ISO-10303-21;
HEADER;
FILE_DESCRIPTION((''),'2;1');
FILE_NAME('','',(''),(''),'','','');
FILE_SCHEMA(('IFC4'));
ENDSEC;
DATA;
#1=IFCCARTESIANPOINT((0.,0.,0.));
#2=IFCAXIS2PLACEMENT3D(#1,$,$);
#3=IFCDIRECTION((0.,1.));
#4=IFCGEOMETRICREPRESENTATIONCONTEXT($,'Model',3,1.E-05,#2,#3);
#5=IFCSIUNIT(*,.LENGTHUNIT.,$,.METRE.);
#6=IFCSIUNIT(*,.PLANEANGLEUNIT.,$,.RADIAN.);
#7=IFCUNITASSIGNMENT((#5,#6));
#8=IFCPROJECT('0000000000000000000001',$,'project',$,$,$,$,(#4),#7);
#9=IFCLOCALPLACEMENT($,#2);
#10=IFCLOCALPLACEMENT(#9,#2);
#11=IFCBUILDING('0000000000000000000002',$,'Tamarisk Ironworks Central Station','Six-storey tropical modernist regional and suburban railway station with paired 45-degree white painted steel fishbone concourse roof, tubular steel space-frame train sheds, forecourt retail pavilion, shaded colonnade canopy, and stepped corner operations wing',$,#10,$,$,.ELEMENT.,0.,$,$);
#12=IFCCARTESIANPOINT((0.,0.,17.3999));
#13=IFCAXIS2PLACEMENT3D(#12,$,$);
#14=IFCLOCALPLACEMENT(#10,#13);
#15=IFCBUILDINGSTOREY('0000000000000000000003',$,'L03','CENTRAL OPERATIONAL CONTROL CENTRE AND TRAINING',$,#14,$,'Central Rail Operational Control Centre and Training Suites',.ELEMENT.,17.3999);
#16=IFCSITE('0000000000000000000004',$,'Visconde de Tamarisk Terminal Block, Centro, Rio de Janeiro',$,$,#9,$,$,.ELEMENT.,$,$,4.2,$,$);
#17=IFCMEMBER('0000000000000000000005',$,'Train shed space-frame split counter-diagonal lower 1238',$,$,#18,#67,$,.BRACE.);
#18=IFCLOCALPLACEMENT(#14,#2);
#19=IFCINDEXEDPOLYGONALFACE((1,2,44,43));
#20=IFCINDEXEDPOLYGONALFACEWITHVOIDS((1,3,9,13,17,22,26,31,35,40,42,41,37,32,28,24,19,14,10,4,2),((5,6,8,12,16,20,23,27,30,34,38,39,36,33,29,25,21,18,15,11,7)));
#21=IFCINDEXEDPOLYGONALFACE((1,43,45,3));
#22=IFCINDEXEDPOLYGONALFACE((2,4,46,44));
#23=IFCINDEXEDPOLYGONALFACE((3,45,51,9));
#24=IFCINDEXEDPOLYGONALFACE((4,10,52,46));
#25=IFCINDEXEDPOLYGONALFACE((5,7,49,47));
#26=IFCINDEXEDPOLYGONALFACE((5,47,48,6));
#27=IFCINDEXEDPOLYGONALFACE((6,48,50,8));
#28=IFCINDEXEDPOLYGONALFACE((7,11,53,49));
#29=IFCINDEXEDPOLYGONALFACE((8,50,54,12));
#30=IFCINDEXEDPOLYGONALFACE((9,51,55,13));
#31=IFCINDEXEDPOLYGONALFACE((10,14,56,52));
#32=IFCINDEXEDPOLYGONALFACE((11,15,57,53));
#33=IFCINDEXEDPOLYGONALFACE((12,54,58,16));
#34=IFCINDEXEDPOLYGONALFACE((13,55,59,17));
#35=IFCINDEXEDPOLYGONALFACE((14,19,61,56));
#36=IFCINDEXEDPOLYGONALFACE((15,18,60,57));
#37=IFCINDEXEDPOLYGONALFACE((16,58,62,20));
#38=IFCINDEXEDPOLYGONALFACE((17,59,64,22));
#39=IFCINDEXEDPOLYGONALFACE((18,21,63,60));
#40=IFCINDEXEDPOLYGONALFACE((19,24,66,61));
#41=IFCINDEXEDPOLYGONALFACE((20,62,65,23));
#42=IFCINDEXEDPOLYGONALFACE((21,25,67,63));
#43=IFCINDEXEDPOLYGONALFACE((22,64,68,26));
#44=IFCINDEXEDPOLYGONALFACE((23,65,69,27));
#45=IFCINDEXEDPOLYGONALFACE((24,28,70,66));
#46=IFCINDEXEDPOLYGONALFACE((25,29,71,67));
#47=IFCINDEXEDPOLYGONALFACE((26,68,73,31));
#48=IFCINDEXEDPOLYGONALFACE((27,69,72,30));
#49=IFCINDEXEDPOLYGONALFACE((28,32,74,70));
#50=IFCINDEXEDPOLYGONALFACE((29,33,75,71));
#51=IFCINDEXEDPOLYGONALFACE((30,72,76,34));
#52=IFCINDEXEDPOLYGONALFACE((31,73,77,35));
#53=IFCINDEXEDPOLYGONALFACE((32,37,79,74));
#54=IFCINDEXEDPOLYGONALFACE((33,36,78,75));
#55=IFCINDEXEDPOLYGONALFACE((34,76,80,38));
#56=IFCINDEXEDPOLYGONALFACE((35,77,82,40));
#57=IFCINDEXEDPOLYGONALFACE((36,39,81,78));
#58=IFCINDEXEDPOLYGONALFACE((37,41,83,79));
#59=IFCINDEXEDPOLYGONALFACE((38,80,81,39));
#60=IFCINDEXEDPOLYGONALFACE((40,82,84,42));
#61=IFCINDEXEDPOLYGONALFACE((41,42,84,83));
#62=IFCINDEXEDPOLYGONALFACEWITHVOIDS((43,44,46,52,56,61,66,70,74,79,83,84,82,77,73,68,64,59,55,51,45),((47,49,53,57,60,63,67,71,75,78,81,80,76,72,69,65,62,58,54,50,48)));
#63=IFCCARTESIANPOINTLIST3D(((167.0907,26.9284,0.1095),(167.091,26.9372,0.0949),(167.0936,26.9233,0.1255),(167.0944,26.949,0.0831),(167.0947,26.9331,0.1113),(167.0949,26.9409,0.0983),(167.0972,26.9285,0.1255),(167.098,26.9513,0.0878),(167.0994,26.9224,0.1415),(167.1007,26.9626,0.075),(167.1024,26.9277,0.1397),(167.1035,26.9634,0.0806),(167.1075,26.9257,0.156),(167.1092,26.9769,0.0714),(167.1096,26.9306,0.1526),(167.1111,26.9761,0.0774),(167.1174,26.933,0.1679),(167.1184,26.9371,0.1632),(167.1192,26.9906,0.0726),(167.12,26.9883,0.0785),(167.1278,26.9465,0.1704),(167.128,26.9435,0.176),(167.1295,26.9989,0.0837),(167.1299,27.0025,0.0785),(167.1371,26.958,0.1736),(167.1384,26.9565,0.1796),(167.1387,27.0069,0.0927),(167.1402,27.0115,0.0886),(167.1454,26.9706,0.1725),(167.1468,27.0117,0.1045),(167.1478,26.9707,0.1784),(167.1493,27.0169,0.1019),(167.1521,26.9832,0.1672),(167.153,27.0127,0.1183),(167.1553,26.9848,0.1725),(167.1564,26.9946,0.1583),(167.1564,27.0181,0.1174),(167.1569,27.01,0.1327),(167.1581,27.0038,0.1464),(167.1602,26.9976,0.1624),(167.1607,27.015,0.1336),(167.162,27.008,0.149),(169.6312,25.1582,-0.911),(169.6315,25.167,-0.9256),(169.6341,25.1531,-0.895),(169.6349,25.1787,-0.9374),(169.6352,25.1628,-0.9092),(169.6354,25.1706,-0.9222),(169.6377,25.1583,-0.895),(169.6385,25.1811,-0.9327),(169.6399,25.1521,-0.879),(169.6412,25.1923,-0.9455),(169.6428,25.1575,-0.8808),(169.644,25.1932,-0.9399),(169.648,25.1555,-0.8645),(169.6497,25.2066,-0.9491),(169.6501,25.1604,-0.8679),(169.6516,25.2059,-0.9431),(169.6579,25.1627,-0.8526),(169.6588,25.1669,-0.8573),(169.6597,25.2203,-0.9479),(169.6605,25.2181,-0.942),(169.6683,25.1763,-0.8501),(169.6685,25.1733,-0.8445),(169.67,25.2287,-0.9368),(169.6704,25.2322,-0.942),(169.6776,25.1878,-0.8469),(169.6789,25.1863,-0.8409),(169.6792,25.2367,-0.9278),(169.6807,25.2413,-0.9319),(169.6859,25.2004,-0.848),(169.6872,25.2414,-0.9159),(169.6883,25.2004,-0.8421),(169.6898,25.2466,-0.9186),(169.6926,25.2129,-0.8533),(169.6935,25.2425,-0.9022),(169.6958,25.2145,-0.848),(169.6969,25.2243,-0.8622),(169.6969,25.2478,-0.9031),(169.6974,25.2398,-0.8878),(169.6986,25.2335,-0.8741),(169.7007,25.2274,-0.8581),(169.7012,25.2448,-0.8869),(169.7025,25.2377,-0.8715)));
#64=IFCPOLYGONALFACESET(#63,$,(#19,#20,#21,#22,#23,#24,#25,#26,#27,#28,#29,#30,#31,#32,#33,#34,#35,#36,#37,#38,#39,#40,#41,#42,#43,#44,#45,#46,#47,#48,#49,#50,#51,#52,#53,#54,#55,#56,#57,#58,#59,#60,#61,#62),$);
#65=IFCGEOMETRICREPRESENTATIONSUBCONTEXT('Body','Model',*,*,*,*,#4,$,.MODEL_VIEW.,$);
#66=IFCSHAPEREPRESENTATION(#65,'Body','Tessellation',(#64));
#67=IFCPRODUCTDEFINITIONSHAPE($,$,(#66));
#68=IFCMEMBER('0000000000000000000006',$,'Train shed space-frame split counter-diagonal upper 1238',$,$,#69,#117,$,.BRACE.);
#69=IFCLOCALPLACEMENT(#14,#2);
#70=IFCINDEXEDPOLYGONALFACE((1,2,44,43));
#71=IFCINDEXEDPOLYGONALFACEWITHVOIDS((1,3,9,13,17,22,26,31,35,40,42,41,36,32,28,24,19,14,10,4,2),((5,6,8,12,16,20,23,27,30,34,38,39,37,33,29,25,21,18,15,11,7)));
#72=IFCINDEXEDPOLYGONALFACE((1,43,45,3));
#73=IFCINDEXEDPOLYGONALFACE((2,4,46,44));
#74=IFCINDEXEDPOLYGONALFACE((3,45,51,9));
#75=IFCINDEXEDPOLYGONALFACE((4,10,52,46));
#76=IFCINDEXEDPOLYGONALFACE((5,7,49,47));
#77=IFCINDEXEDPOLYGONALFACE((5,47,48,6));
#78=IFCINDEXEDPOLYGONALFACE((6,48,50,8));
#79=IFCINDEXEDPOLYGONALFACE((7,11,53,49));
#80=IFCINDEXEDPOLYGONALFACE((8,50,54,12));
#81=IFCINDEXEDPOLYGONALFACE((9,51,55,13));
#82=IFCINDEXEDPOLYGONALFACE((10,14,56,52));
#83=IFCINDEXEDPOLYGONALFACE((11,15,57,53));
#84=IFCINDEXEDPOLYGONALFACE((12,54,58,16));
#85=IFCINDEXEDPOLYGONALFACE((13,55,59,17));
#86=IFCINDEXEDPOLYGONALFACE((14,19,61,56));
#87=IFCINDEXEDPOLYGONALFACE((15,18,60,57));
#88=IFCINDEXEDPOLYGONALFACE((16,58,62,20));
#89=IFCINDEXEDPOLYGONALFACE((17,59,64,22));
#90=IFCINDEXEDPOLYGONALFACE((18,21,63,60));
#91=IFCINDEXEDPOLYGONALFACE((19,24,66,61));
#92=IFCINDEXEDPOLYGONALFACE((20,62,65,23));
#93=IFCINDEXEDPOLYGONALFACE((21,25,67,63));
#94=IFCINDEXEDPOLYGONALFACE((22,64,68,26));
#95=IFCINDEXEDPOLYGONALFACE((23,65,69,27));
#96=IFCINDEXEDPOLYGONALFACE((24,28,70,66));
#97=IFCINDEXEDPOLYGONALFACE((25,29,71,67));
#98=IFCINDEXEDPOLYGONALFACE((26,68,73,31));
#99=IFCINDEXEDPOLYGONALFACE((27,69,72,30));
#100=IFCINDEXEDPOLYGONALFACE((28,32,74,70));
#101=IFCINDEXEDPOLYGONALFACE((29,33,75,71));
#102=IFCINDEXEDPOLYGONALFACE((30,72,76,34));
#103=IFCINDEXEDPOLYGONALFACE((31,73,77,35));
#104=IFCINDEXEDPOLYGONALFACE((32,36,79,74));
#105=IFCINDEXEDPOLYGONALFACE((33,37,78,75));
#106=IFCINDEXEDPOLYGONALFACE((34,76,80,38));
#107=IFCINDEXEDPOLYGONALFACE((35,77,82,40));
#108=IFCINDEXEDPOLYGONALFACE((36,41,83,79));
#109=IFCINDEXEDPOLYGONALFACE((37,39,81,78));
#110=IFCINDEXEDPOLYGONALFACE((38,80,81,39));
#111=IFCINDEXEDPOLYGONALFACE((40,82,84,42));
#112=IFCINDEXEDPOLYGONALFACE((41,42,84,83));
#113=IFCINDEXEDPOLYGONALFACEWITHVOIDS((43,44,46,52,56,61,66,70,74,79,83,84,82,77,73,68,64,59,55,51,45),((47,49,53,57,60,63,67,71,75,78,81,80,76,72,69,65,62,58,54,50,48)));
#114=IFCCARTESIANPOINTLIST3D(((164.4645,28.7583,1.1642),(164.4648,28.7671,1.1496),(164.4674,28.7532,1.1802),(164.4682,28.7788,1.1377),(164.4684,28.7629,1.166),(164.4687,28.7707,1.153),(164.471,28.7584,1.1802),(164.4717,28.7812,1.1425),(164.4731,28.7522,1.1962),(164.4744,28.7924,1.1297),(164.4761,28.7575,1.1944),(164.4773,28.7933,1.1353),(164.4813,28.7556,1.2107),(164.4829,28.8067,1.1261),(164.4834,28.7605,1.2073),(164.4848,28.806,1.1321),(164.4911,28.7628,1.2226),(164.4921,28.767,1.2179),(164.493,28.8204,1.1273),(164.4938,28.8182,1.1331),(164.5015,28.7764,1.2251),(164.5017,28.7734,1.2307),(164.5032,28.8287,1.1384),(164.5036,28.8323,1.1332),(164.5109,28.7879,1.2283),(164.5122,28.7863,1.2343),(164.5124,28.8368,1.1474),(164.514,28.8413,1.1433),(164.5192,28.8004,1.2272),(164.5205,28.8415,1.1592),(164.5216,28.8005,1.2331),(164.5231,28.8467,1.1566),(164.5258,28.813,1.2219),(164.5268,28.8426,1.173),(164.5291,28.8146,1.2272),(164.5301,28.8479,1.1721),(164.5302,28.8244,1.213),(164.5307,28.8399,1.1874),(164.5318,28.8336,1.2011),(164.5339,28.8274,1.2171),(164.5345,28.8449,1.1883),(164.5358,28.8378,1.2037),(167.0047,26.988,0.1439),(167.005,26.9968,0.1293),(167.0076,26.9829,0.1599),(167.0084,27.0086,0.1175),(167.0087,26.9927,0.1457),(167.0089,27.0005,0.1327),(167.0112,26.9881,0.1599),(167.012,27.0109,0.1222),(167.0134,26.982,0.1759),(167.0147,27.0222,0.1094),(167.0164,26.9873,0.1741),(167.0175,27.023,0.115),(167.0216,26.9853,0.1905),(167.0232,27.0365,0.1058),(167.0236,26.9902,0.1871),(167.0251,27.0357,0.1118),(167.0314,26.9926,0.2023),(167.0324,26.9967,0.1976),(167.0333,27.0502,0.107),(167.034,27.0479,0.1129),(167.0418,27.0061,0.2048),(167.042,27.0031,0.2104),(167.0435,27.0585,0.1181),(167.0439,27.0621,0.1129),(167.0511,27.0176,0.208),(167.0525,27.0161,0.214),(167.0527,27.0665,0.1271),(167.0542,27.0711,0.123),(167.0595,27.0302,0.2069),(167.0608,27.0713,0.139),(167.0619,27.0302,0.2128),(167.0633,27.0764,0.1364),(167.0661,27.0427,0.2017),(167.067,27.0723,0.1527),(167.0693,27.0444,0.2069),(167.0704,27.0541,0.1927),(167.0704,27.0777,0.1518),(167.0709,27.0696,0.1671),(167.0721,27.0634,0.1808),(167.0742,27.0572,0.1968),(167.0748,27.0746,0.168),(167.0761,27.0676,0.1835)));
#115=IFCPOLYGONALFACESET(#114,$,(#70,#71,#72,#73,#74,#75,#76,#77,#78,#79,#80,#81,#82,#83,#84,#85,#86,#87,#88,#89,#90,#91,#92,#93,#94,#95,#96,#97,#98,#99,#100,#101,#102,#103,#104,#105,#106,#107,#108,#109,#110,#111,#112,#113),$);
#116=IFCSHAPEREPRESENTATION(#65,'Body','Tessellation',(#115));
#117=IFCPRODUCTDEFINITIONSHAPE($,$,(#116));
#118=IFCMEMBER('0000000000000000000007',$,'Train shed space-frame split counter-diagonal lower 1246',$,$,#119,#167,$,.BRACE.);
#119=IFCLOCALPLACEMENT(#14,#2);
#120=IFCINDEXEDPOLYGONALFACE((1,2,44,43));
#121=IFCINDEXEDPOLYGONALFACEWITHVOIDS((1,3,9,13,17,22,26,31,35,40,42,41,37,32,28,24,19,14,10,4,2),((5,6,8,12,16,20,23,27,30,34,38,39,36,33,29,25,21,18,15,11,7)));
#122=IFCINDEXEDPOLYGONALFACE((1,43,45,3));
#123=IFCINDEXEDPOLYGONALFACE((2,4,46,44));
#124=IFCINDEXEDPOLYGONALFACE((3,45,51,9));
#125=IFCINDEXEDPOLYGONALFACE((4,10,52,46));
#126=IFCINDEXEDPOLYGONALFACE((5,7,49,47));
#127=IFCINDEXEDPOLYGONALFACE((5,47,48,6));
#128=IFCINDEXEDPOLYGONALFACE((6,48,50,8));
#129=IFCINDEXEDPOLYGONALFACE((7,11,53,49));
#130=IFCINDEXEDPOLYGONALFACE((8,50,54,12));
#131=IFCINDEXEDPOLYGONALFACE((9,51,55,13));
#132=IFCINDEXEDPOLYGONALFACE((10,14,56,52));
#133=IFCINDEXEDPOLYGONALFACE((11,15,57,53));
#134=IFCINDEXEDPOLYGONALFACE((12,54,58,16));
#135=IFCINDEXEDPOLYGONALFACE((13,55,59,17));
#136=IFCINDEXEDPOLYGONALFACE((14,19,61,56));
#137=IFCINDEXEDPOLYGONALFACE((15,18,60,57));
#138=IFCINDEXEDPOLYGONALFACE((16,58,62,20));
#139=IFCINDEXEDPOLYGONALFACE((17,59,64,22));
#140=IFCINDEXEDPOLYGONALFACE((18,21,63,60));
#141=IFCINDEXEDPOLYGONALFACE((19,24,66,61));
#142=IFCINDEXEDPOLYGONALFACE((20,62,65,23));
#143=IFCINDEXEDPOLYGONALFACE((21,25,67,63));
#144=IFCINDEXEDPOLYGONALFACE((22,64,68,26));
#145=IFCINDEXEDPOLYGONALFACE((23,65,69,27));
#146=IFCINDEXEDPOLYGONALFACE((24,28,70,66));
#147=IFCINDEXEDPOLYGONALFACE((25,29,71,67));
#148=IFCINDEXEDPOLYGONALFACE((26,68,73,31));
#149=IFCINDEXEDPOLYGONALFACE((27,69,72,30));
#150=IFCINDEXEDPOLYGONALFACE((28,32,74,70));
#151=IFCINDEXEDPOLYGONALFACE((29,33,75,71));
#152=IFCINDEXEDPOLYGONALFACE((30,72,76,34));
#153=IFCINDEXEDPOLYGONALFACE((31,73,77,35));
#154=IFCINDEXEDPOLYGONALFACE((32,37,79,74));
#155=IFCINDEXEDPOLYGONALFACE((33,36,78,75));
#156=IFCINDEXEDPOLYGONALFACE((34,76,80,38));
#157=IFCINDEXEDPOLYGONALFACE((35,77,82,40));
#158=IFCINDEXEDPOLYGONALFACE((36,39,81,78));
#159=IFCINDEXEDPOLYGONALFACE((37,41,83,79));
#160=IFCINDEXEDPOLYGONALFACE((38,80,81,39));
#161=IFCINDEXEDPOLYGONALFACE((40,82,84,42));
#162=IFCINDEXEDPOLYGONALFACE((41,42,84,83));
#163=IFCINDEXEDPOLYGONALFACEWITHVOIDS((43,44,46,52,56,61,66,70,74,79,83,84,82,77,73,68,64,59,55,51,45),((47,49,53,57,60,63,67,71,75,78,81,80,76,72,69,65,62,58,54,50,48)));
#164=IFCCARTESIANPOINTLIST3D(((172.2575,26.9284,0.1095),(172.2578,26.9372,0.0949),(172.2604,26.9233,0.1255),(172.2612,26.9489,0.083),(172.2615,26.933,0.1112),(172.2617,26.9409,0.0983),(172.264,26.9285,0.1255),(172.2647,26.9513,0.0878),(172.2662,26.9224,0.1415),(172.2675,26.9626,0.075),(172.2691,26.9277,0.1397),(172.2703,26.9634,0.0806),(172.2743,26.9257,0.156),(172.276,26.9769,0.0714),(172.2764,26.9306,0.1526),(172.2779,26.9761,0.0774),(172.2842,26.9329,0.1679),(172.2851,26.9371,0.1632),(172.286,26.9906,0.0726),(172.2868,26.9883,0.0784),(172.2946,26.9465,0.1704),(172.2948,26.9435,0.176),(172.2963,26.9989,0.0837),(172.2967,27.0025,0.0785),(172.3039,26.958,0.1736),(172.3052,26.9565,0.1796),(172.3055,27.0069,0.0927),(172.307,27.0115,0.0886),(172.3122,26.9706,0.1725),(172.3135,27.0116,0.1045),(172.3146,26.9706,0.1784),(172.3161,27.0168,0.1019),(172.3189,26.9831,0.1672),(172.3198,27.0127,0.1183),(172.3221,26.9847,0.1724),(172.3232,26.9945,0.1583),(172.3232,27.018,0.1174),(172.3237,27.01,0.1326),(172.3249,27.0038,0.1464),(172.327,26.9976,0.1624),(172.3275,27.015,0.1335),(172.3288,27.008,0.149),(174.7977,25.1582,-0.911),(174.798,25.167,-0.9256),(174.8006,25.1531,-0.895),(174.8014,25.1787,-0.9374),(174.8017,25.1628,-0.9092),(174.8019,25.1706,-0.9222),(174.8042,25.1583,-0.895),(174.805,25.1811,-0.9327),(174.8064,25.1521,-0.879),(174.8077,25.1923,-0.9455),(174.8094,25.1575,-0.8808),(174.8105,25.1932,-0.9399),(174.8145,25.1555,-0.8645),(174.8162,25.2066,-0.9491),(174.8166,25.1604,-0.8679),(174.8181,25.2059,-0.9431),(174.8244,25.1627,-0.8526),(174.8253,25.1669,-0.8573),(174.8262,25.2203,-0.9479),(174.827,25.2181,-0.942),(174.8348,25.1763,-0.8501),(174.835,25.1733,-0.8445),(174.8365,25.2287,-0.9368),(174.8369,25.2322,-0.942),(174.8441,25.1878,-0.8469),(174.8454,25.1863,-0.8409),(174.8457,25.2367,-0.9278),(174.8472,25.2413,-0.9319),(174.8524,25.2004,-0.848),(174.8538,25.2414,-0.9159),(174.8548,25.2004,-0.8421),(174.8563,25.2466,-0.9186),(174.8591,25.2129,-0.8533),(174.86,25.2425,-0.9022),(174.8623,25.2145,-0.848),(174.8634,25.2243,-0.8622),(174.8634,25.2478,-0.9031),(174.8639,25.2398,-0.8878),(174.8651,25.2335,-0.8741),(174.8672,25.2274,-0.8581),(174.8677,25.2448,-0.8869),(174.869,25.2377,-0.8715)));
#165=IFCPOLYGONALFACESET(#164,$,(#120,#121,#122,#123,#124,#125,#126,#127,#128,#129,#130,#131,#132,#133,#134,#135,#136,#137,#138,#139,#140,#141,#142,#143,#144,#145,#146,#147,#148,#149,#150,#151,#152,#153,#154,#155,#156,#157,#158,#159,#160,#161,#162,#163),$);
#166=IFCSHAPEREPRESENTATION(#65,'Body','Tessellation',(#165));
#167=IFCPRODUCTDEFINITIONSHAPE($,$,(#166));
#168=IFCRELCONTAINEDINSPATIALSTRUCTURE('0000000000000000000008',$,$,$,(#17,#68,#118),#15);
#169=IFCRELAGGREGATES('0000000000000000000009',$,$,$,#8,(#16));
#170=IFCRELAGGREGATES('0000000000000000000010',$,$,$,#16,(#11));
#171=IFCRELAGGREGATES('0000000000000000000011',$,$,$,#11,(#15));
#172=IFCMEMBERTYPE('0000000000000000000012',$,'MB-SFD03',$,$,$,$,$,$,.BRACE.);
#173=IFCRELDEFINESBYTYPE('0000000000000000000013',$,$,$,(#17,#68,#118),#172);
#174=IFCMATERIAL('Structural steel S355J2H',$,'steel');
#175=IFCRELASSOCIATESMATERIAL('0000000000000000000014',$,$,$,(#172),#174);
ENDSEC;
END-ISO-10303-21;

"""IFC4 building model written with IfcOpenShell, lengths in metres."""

from ifc_helpers import new_model, si_unit, direction, frame, origin, origin_2d, place, context, subcontext, project, spatial, hollow_circle, extrude, material, material_profile, profile_set, type_object, element, save


model = new_model("IFC4")

# Units and contexts
model_context = context("Model", 3, precision=1e-05, world=origin(), true_north=direction((0.0, 1.0)))
body_context = subcontext(model_context, "Body", "Model", "MODEL_VIEW")
ifc_project = project(units=[si_unit("LENGTHUNIT", "METRE"), si_unit("PLANEANGLEUNIT", "RADIAN")], contexts=[model_context])

# Site, building, storey
site_placement = place(None, origin())
site = spatial("IfcSite", under=ifc_project, at=site_placement, Name="Visconde de Tamarisk Terminal Block, Centro, Rio de Janeiro", CompositionType="ELEMENT", RefElevation=4.2)
building_placement = place(site_placement, origin())
building = spatial("IfcBuilding", under=site, at=building_placement, Name="Tamarisk Ironworks Central Station", Description="Six-storey tropical modernist regional and suburban railway station with paired 45-degree white painted steel fishbone concourse roof, tubular steel space-frame train sheds, forecourt retail pavilion, shaded colonnade canopy, and stepped corner operations wing", CompositionType="ELEMENT", ElevationOfRefHeight=0.0)
storey_placement = place(building_placement, frame((0.0, 0.0, 17.3999)))
storey = spatial("IfcBuildingStorey", under=building, at=storey_placement, Name="L03", Description="CENTRAL OPERATIONAL CONTROL CENTRE AND TRAINING", LongName="Central Rail Operational Control Centre and Training Suites", CompositionType="ELEMENT", Elevation=17.3999)

# Members
ifc_material = material(Name="Structural steel S355J2H", Category="steel")
ifc_material_profile_1 = material_profile(ifc_material, hollow_circle(Radius=0.0571, WallThickness=0.0063, at=origin_2d()), Name="CHS 114.3x6.3")
ifc_profile_set_1 = profile_set([ifc_material_profile_1], Name="Structural steel S355J2H")
member_type_1 = type_object("IfcMemberType", Name="MB-SFD03", PredefinedType="BRACE", material=ifc_profile_set_1)
member_1_placement = place(storey_placement, frame((169.6667, 25.2, -0.895), z_axis=(-0.779231, 0.542976, 0.313011), x_axis=(-0.571704, -0.82046, 0.0)))
element("IfcMember", 1, at=member_1_placement, inside=storey, type_object=member_type_1, Name="Train shed space-frame split counter-diagonal lower 1238", PredefinedType="BRACE", context=body_context, shape_type="SweptSolid", body=[
    extrude(hollow_circle(Radius=0.0571, WallThickness=0.0063, at=origin_2d()), origin(), (0.0, 0.0, 1.0), 3.2603),
])
for number, where, z_axis, x_axis, name in (
    (2, (167.0403, 27.0298, 0.1599), (-0.77922, 0.54302, 0.312961), (-0.571741, -0.820434, 0.0), "Train shed space-frame split counter-diagonal upper 1238"),
    (3, (174.8333, 25.2, -0.895), (-0.779202, 0.543008, 0.313029), (-0.571741, -0.820434, 0.0), "Train shed space-frame split counter-diagonal lower 1246"),
):
    element("IfcMember", number, at=place(storey_placement, frame(where, z_axis=z_axis, x_axis=x_axis)), inside=storey, type_object=member_type_1, Name=name, PredefinedType="BRACE", context=body_context, shape_type="SweptSolid", body=[
        extrude(hollow_circle(Radius=0.0571, WallThickness=0.0063, at=origin_2d()), origin(), (0.0, 0.0, 1.0), 3.26),
    ])

save(model, "model.ifc")
